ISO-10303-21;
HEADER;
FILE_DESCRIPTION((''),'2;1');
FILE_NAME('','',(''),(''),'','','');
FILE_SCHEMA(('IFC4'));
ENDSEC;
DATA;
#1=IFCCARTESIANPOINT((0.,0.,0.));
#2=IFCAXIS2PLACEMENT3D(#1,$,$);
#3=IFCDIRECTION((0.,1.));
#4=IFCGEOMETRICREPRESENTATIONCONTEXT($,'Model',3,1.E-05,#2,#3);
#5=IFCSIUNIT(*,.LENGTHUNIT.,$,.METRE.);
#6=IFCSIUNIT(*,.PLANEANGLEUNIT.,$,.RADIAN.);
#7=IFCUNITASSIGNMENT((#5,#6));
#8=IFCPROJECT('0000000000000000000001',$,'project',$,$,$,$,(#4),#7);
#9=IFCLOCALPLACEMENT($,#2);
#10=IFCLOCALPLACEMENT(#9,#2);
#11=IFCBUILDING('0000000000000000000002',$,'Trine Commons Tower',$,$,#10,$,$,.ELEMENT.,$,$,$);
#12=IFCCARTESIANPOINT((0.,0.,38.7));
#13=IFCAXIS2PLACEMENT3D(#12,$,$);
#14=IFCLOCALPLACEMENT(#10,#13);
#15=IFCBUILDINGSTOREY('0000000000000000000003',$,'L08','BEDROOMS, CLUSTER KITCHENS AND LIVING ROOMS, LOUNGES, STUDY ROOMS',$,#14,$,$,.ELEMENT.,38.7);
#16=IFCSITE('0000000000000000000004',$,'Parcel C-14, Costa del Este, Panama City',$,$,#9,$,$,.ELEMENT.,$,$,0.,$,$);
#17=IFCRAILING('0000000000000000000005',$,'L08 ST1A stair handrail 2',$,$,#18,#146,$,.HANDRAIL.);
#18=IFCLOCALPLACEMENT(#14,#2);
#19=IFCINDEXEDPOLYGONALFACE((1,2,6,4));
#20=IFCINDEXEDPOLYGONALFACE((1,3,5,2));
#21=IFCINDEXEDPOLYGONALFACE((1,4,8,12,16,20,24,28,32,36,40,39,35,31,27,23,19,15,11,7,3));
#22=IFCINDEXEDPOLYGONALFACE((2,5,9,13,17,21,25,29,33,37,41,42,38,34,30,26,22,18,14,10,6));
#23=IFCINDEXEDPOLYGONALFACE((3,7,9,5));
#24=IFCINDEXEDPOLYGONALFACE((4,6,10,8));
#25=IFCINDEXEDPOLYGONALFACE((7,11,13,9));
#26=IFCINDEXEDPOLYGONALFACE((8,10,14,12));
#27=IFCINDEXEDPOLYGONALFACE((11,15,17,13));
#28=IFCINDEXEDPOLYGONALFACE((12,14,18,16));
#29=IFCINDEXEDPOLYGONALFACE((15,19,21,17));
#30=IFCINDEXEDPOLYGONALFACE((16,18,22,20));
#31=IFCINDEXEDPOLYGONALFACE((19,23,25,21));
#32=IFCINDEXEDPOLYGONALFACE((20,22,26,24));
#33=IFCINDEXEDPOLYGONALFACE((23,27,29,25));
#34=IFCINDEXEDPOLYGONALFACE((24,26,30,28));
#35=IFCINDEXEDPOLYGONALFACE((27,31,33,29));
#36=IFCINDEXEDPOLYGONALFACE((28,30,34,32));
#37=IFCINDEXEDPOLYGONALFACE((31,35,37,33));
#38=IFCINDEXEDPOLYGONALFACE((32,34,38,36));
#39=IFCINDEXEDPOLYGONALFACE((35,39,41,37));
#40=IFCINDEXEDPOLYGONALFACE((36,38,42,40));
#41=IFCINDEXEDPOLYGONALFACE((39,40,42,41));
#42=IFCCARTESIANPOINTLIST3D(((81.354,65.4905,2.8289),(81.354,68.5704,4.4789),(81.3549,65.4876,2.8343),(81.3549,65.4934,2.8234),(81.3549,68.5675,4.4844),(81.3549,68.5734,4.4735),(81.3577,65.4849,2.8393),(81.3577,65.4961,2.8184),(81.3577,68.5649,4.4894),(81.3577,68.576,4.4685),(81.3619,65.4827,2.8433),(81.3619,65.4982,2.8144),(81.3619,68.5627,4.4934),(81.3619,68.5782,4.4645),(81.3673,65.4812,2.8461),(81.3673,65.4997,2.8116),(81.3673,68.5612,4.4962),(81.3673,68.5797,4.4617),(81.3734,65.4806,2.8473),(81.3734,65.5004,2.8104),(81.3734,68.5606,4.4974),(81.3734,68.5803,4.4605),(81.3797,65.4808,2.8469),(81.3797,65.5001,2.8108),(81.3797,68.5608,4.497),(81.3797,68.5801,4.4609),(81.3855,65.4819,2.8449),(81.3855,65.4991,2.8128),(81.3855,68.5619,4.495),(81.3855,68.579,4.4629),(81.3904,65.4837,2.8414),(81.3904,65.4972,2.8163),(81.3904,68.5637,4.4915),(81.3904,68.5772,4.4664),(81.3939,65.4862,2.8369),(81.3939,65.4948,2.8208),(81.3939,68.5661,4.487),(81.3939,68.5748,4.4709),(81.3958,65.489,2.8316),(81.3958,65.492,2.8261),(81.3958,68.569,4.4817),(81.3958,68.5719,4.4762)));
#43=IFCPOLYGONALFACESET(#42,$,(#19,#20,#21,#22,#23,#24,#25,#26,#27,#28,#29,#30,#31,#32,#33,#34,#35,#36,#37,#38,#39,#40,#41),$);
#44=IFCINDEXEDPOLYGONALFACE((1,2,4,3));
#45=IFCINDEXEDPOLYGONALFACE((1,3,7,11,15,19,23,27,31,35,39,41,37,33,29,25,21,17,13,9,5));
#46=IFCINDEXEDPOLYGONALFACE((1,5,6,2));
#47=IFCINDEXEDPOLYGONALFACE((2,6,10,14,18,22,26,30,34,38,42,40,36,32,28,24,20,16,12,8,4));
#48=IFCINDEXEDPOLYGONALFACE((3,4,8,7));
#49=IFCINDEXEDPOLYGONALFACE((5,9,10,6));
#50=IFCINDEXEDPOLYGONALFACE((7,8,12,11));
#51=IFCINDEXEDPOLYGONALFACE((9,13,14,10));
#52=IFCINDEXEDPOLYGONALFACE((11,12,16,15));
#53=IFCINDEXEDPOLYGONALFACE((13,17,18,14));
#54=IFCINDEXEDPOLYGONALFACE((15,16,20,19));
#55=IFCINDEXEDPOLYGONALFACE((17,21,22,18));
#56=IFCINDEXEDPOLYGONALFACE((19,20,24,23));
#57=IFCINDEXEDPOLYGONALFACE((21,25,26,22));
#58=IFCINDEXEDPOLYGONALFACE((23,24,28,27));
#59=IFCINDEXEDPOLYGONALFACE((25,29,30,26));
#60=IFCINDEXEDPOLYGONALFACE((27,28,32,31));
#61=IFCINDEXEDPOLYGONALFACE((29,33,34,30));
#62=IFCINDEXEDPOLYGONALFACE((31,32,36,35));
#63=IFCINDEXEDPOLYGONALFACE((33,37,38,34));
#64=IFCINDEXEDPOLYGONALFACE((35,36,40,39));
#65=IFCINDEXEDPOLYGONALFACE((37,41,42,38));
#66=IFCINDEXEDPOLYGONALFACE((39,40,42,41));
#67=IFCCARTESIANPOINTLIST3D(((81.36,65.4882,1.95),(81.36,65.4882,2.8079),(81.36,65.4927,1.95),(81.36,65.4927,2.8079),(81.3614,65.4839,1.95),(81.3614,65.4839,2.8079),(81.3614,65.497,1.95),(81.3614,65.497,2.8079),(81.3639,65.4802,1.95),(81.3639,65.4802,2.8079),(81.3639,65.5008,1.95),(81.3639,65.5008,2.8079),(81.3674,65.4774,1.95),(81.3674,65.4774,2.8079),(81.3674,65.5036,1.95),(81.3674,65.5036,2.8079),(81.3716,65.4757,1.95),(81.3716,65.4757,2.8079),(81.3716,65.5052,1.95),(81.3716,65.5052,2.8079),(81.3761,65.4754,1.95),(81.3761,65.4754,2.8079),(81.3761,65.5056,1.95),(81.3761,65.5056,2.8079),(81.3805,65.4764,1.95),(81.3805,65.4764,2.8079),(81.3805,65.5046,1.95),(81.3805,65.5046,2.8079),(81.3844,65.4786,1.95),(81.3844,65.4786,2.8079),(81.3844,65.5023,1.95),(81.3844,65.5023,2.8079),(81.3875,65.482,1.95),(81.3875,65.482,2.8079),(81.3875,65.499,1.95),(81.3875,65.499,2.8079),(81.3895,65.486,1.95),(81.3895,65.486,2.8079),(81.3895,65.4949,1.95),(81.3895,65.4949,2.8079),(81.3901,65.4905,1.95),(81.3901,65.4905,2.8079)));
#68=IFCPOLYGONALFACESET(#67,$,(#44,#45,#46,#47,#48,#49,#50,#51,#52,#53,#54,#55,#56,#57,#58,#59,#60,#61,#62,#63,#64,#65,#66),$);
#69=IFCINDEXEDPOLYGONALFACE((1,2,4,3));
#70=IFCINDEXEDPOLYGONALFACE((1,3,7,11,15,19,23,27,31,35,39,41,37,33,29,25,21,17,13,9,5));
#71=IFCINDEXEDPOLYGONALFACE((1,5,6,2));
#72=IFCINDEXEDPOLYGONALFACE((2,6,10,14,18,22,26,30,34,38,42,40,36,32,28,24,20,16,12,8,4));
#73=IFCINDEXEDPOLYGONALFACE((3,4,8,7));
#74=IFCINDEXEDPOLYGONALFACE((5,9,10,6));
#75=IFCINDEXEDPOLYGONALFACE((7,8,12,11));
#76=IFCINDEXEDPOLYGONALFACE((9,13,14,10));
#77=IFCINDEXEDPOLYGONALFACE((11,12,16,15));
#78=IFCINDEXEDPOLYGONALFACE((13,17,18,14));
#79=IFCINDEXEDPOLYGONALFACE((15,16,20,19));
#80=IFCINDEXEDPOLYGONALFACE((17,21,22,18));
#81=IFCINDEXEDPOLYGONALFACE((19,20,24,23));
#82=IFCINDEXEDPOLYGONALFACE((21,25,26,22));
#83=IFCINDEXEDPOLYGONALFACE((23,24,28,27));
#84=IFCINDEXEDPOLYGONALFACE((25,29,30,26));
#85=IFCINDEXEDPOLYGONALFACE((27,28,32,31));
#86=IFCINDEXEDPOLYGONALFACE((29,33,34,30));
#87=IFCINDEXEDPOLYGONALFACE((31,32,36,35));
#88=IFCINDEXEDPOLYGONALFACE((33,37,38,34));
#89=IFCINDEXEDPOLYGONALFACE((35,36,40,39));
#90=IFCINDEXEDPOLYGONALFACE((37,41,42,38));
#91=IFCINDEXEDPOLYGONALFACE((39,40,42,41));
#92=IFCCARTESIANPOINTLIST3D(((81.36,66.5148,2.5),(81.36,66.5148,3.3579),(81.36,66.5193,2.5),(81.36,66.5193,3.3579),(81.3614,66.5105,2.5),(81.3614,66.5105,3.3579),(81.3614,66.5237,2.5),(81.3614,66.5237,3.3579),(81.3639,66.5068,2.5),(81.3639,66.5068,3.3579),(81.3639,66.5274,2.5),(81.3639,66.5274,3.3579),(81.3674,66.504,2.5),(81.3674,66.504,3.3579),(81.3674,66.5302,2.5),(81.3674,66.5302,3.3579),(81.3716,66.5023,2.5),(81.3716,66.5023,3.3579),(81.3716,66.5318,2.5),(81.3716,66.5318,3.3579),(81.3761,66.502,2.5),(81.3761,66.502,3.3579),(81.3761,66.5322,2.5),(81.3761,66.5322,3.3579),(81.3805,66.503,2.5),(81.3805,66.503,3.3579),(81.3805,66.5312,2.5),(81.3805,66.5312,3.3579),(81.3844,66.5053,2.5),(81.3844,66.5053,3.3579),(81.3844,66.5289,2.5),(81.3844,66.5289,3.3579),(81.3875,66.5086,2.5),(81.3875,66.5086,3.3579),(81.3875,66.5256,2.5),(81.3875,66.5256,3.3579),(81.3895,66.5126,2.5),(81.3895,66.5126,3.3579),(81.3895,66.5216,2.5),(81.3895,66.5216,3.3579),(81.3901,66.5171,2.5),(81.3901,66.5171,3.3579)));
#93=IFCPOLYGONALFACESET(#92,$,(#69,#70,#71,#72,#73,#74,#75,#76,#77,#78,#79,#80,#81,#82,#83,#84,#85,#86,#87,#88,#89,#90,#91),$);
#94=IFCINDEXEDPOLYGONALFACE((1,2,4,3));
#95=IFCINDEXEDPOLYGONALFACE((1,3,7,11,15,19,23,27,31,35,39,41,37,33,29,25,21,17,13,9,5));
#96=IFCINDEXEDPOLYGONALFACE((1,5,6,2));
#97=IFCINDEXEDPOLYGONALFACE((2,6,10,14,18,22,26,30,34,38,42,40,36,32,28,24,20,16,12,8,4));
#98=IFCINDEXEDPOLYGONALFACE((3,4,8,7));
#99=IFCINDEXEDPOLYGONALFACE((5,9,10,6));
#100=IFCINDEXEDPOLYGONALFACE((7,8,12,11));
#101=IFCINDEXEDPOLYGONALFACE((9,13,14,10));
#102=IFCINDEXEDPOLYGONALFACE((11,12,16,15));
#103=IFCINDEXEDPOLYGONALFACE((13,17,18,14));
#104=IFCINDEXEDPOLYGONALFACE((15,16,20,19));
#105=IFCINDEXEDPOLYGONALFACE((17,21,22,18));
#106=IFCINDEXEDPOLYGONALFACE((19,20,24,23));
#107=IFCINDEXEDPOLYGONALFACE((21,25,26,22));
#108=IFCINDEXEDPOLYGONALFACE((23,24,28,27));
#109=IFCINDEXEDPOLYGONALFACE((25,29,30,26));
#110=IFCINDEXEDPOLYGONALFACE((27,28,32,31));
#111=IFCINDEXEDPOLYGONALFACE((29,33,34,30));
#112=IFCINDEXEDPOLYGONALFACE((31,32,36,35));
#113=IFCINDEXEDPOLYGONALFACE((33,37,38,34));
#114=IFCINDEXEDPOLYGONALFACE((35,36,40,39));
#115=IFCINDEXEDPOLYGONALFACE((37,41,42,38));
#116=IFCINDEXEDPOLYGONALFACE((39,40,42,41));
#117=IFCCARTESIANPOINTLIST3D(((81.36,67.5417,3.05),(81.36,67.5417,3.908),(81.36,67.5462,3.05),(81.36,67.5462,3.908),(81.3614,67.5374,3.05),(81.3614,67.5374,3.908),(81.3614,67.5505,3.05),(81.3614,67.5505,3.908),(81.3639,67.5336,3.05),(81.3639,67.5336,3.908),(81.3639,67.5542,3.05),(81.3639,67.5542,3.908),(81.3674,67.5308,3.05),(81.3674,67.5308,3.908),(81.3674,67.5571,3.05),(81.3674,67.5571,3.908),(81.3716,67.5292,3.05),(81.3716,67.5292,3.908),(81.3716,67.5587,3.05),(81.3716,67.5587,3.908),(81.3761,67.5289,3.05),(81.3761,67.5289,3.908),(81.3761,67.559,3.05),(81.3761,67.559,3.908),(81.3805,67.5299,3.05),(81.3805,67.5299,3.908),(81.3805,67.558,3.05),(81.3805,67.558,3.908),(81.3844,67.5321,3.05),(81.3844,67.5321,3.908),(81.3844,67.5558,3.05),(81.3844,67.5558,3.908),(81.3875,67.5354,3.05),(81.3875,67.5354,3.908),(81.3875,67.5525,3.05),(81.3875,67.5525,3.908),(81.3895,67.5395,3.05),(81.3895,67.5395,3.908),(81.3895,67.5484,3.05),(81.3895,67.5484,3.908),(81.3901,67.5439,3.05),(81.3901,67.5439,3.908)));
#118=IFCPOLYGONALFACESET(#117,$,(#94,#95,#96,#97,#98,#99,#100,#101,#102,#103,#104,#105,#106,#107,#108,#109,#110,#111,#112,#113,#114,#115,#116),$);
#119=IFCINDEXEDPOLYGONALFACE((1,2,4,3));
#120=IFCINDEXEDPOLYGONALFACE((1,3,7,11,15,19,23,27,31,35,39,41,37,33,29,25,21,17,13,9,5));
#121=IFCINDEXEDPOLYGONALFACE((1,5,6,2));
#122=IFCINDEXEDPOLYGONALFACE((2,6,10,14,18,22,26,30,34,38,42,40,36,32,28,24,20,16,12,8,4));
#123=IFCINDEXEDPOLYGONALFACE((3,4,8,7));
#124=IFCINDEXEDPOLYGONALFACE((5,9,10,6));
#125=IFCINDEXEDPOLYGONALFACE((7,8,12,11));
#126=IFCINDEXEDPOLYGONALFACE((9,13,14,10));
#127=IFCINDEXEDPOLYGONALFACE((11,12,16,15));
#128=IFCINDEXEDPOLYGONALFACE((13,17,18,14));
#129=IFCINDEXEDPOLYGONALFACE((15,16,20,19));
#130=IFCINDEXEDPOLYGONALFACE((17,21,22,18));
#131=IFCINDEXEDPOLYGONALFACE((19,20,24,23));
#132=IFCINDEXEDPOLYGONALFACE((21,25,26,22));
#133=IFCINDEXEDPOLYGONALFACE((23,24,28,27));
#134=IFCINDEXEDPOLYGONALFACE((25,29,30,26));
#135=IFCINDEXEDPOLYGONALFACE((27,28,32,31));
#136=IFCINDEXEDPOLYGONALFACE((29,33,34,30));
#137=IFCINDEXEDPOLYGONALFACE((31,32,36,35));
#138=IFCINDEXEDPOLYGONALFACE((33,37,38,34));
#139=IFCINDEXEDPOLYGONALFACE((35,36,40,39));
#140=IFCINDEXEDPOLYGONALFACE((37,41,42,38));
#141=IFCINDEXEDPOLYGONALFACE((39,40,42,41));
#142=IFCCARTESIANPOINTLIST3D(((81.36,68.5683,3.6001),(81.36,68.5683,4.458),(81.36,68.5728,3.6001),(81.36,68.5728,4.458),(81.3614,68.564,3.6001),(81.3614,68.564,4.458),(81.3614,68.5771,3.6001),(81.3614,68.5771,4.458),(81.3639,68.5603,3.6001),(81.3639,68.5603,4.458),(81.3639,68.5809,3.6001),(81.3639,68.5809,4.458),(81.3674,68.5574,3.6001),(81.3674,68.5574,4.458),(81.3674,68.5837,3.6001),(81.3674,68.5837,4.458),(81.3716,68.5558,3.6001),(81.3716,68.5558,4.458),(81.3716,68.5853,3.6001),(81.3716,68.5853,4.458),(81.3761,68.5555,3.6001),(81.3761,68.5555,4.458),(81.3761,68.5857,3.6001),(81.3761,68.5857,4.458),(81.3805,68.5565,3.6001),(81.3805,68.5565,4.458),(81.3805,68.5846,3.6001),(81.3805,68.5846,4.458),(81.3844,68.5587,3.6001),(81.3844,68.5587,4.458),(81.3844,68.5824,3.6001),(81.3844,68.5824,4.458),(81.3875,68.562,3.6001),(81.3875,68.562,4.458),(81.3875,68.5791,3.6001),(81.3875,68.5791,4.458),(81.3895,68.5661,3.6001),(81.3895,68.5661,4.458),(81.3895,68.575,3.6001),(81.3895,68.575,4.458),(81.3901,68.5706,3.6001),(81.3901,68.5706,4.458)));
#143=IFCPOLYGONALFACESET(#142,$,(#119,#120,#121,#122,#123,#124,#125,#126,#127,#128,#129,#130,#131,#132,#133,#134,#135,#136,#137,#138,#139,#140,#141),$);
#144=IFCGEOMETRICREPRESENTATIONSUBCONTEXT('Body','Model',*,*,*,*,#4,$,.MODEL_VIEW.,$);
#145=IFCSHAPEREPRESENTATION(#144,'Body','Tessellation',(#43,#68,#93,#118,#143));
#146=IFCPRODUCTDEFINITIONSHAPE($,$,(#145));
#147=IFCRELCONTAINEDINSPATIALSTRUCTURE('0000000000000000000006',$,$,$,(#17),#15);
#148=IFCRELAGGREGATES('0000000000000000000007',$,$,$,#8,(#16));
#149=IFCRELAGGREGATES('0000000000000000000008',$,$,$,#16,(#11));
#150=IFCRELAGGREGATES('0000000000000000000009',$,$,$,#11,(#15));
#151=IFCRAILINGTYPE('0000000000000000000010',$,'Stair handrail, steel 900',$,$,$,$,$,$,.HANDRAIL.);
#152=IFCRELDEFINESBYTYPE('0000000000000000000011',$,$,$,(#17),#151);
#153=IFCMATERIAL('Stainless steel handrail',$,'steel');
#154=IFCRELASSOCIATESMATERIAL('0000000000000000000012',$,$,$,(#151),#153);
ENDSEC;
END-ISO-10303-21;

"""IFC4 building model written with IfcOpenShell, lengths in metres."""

from ifc_helpers import new_model, si_unit, direction, frame, origin, origin_2d, place, context, subcontext, project, spatial, circle, extrude, material, type_object, element, save


model = new_model("IFC4")

# Units and contexts
model_context = context("Model", 3, precision=1e-05, world=origin(), true_north=direction((0.0, 1.0)))
body_context = subcontext(model_context, "Body", "Model", "MODEL_VIEW")
ifc_project = project(units=[si_unit("LENGTHUNIT", "METRE"), si_unit("PLANEANGLEUNIT", "RADIAN")], contexts=[model_context])

# Site, building, storey
site_placement = place(None, origin())
site = spatial("IfcSite", under=ifc_project, at=site_placement, Name="Parcel C-14, Costa del Este, Panama City", CompositionType="ELEMENT", RefElevation=0.0)
building_placement = place(site_placement, origin())
building = spatial("IfcBuilding", under=site, at=building_placement, Name="Trine Commons Tower", CompositionType="ELEMENT")
storey_placement = place(building_placement, frame((0.0, 0.0, 38.7)))
storey = spatial("IfcBuildingStorey", under=building, at=storey_placement, Name="L08", Description="BEDROOMS, CLUSTER KITCHENS AND LIVING ROOMS, LOUNGES, STUDY ROOMS", CompositionType="ELEMENT", Elevation=38.7)

# Railing
ifc_material_1 = material(Name="Stainless steel handrail", Category="steel")
railing_type_1 = type_object("IfcRailingType", Name="Stair handrail, steel 900", PredefinedType="HANDRAIL", material=ifc_material_1)
railing_1_placement = place(storey_placement, frame((81.375, 65.4905, 1.95)))
element("IfcRailing", 1, at=railing_1_placement, inside=storey, type_object=railing_type_1, Name="L08 ST1A stair handrail 2", PredefinedType="HANDRAIL", context=body_context, shape_type="SweptSolid", body=[
    extrude(circle(Radius=0.021, at=origin_2d()), frame((0.0, 0.0, 0.8789), z_axis=(0.0, 0.881468, 0.472245), x_axis=(-1.0, 0.0, 0.0)), (0.0, 0.0, 1.0), 3.4941),
    extrude(circle(Radius=0.0151, at=origin_2d()), origin(), (0.0, 0.0, 1.0), 0.8579),
    extrude(circle(Radius=0.0151, at=origin_2d()), frame((0.0, 1.0266, 0.55)), (0.0, 0.0, 1.0), 0.8579),
    extrude(circle(Radius=0.0151, at=origin_2d()), frame((0.0, 2.0535, 1.1001)), (0.0, 0.0, 1.0), 0.8579),
    extrude(circle(Radius=0.0151, at=origin_2d()), frame((0.0, 3.0801, 1.6501)), (0.0, 0.0, 1.0), 0.8579),
])

save(model, "model.ifc")
